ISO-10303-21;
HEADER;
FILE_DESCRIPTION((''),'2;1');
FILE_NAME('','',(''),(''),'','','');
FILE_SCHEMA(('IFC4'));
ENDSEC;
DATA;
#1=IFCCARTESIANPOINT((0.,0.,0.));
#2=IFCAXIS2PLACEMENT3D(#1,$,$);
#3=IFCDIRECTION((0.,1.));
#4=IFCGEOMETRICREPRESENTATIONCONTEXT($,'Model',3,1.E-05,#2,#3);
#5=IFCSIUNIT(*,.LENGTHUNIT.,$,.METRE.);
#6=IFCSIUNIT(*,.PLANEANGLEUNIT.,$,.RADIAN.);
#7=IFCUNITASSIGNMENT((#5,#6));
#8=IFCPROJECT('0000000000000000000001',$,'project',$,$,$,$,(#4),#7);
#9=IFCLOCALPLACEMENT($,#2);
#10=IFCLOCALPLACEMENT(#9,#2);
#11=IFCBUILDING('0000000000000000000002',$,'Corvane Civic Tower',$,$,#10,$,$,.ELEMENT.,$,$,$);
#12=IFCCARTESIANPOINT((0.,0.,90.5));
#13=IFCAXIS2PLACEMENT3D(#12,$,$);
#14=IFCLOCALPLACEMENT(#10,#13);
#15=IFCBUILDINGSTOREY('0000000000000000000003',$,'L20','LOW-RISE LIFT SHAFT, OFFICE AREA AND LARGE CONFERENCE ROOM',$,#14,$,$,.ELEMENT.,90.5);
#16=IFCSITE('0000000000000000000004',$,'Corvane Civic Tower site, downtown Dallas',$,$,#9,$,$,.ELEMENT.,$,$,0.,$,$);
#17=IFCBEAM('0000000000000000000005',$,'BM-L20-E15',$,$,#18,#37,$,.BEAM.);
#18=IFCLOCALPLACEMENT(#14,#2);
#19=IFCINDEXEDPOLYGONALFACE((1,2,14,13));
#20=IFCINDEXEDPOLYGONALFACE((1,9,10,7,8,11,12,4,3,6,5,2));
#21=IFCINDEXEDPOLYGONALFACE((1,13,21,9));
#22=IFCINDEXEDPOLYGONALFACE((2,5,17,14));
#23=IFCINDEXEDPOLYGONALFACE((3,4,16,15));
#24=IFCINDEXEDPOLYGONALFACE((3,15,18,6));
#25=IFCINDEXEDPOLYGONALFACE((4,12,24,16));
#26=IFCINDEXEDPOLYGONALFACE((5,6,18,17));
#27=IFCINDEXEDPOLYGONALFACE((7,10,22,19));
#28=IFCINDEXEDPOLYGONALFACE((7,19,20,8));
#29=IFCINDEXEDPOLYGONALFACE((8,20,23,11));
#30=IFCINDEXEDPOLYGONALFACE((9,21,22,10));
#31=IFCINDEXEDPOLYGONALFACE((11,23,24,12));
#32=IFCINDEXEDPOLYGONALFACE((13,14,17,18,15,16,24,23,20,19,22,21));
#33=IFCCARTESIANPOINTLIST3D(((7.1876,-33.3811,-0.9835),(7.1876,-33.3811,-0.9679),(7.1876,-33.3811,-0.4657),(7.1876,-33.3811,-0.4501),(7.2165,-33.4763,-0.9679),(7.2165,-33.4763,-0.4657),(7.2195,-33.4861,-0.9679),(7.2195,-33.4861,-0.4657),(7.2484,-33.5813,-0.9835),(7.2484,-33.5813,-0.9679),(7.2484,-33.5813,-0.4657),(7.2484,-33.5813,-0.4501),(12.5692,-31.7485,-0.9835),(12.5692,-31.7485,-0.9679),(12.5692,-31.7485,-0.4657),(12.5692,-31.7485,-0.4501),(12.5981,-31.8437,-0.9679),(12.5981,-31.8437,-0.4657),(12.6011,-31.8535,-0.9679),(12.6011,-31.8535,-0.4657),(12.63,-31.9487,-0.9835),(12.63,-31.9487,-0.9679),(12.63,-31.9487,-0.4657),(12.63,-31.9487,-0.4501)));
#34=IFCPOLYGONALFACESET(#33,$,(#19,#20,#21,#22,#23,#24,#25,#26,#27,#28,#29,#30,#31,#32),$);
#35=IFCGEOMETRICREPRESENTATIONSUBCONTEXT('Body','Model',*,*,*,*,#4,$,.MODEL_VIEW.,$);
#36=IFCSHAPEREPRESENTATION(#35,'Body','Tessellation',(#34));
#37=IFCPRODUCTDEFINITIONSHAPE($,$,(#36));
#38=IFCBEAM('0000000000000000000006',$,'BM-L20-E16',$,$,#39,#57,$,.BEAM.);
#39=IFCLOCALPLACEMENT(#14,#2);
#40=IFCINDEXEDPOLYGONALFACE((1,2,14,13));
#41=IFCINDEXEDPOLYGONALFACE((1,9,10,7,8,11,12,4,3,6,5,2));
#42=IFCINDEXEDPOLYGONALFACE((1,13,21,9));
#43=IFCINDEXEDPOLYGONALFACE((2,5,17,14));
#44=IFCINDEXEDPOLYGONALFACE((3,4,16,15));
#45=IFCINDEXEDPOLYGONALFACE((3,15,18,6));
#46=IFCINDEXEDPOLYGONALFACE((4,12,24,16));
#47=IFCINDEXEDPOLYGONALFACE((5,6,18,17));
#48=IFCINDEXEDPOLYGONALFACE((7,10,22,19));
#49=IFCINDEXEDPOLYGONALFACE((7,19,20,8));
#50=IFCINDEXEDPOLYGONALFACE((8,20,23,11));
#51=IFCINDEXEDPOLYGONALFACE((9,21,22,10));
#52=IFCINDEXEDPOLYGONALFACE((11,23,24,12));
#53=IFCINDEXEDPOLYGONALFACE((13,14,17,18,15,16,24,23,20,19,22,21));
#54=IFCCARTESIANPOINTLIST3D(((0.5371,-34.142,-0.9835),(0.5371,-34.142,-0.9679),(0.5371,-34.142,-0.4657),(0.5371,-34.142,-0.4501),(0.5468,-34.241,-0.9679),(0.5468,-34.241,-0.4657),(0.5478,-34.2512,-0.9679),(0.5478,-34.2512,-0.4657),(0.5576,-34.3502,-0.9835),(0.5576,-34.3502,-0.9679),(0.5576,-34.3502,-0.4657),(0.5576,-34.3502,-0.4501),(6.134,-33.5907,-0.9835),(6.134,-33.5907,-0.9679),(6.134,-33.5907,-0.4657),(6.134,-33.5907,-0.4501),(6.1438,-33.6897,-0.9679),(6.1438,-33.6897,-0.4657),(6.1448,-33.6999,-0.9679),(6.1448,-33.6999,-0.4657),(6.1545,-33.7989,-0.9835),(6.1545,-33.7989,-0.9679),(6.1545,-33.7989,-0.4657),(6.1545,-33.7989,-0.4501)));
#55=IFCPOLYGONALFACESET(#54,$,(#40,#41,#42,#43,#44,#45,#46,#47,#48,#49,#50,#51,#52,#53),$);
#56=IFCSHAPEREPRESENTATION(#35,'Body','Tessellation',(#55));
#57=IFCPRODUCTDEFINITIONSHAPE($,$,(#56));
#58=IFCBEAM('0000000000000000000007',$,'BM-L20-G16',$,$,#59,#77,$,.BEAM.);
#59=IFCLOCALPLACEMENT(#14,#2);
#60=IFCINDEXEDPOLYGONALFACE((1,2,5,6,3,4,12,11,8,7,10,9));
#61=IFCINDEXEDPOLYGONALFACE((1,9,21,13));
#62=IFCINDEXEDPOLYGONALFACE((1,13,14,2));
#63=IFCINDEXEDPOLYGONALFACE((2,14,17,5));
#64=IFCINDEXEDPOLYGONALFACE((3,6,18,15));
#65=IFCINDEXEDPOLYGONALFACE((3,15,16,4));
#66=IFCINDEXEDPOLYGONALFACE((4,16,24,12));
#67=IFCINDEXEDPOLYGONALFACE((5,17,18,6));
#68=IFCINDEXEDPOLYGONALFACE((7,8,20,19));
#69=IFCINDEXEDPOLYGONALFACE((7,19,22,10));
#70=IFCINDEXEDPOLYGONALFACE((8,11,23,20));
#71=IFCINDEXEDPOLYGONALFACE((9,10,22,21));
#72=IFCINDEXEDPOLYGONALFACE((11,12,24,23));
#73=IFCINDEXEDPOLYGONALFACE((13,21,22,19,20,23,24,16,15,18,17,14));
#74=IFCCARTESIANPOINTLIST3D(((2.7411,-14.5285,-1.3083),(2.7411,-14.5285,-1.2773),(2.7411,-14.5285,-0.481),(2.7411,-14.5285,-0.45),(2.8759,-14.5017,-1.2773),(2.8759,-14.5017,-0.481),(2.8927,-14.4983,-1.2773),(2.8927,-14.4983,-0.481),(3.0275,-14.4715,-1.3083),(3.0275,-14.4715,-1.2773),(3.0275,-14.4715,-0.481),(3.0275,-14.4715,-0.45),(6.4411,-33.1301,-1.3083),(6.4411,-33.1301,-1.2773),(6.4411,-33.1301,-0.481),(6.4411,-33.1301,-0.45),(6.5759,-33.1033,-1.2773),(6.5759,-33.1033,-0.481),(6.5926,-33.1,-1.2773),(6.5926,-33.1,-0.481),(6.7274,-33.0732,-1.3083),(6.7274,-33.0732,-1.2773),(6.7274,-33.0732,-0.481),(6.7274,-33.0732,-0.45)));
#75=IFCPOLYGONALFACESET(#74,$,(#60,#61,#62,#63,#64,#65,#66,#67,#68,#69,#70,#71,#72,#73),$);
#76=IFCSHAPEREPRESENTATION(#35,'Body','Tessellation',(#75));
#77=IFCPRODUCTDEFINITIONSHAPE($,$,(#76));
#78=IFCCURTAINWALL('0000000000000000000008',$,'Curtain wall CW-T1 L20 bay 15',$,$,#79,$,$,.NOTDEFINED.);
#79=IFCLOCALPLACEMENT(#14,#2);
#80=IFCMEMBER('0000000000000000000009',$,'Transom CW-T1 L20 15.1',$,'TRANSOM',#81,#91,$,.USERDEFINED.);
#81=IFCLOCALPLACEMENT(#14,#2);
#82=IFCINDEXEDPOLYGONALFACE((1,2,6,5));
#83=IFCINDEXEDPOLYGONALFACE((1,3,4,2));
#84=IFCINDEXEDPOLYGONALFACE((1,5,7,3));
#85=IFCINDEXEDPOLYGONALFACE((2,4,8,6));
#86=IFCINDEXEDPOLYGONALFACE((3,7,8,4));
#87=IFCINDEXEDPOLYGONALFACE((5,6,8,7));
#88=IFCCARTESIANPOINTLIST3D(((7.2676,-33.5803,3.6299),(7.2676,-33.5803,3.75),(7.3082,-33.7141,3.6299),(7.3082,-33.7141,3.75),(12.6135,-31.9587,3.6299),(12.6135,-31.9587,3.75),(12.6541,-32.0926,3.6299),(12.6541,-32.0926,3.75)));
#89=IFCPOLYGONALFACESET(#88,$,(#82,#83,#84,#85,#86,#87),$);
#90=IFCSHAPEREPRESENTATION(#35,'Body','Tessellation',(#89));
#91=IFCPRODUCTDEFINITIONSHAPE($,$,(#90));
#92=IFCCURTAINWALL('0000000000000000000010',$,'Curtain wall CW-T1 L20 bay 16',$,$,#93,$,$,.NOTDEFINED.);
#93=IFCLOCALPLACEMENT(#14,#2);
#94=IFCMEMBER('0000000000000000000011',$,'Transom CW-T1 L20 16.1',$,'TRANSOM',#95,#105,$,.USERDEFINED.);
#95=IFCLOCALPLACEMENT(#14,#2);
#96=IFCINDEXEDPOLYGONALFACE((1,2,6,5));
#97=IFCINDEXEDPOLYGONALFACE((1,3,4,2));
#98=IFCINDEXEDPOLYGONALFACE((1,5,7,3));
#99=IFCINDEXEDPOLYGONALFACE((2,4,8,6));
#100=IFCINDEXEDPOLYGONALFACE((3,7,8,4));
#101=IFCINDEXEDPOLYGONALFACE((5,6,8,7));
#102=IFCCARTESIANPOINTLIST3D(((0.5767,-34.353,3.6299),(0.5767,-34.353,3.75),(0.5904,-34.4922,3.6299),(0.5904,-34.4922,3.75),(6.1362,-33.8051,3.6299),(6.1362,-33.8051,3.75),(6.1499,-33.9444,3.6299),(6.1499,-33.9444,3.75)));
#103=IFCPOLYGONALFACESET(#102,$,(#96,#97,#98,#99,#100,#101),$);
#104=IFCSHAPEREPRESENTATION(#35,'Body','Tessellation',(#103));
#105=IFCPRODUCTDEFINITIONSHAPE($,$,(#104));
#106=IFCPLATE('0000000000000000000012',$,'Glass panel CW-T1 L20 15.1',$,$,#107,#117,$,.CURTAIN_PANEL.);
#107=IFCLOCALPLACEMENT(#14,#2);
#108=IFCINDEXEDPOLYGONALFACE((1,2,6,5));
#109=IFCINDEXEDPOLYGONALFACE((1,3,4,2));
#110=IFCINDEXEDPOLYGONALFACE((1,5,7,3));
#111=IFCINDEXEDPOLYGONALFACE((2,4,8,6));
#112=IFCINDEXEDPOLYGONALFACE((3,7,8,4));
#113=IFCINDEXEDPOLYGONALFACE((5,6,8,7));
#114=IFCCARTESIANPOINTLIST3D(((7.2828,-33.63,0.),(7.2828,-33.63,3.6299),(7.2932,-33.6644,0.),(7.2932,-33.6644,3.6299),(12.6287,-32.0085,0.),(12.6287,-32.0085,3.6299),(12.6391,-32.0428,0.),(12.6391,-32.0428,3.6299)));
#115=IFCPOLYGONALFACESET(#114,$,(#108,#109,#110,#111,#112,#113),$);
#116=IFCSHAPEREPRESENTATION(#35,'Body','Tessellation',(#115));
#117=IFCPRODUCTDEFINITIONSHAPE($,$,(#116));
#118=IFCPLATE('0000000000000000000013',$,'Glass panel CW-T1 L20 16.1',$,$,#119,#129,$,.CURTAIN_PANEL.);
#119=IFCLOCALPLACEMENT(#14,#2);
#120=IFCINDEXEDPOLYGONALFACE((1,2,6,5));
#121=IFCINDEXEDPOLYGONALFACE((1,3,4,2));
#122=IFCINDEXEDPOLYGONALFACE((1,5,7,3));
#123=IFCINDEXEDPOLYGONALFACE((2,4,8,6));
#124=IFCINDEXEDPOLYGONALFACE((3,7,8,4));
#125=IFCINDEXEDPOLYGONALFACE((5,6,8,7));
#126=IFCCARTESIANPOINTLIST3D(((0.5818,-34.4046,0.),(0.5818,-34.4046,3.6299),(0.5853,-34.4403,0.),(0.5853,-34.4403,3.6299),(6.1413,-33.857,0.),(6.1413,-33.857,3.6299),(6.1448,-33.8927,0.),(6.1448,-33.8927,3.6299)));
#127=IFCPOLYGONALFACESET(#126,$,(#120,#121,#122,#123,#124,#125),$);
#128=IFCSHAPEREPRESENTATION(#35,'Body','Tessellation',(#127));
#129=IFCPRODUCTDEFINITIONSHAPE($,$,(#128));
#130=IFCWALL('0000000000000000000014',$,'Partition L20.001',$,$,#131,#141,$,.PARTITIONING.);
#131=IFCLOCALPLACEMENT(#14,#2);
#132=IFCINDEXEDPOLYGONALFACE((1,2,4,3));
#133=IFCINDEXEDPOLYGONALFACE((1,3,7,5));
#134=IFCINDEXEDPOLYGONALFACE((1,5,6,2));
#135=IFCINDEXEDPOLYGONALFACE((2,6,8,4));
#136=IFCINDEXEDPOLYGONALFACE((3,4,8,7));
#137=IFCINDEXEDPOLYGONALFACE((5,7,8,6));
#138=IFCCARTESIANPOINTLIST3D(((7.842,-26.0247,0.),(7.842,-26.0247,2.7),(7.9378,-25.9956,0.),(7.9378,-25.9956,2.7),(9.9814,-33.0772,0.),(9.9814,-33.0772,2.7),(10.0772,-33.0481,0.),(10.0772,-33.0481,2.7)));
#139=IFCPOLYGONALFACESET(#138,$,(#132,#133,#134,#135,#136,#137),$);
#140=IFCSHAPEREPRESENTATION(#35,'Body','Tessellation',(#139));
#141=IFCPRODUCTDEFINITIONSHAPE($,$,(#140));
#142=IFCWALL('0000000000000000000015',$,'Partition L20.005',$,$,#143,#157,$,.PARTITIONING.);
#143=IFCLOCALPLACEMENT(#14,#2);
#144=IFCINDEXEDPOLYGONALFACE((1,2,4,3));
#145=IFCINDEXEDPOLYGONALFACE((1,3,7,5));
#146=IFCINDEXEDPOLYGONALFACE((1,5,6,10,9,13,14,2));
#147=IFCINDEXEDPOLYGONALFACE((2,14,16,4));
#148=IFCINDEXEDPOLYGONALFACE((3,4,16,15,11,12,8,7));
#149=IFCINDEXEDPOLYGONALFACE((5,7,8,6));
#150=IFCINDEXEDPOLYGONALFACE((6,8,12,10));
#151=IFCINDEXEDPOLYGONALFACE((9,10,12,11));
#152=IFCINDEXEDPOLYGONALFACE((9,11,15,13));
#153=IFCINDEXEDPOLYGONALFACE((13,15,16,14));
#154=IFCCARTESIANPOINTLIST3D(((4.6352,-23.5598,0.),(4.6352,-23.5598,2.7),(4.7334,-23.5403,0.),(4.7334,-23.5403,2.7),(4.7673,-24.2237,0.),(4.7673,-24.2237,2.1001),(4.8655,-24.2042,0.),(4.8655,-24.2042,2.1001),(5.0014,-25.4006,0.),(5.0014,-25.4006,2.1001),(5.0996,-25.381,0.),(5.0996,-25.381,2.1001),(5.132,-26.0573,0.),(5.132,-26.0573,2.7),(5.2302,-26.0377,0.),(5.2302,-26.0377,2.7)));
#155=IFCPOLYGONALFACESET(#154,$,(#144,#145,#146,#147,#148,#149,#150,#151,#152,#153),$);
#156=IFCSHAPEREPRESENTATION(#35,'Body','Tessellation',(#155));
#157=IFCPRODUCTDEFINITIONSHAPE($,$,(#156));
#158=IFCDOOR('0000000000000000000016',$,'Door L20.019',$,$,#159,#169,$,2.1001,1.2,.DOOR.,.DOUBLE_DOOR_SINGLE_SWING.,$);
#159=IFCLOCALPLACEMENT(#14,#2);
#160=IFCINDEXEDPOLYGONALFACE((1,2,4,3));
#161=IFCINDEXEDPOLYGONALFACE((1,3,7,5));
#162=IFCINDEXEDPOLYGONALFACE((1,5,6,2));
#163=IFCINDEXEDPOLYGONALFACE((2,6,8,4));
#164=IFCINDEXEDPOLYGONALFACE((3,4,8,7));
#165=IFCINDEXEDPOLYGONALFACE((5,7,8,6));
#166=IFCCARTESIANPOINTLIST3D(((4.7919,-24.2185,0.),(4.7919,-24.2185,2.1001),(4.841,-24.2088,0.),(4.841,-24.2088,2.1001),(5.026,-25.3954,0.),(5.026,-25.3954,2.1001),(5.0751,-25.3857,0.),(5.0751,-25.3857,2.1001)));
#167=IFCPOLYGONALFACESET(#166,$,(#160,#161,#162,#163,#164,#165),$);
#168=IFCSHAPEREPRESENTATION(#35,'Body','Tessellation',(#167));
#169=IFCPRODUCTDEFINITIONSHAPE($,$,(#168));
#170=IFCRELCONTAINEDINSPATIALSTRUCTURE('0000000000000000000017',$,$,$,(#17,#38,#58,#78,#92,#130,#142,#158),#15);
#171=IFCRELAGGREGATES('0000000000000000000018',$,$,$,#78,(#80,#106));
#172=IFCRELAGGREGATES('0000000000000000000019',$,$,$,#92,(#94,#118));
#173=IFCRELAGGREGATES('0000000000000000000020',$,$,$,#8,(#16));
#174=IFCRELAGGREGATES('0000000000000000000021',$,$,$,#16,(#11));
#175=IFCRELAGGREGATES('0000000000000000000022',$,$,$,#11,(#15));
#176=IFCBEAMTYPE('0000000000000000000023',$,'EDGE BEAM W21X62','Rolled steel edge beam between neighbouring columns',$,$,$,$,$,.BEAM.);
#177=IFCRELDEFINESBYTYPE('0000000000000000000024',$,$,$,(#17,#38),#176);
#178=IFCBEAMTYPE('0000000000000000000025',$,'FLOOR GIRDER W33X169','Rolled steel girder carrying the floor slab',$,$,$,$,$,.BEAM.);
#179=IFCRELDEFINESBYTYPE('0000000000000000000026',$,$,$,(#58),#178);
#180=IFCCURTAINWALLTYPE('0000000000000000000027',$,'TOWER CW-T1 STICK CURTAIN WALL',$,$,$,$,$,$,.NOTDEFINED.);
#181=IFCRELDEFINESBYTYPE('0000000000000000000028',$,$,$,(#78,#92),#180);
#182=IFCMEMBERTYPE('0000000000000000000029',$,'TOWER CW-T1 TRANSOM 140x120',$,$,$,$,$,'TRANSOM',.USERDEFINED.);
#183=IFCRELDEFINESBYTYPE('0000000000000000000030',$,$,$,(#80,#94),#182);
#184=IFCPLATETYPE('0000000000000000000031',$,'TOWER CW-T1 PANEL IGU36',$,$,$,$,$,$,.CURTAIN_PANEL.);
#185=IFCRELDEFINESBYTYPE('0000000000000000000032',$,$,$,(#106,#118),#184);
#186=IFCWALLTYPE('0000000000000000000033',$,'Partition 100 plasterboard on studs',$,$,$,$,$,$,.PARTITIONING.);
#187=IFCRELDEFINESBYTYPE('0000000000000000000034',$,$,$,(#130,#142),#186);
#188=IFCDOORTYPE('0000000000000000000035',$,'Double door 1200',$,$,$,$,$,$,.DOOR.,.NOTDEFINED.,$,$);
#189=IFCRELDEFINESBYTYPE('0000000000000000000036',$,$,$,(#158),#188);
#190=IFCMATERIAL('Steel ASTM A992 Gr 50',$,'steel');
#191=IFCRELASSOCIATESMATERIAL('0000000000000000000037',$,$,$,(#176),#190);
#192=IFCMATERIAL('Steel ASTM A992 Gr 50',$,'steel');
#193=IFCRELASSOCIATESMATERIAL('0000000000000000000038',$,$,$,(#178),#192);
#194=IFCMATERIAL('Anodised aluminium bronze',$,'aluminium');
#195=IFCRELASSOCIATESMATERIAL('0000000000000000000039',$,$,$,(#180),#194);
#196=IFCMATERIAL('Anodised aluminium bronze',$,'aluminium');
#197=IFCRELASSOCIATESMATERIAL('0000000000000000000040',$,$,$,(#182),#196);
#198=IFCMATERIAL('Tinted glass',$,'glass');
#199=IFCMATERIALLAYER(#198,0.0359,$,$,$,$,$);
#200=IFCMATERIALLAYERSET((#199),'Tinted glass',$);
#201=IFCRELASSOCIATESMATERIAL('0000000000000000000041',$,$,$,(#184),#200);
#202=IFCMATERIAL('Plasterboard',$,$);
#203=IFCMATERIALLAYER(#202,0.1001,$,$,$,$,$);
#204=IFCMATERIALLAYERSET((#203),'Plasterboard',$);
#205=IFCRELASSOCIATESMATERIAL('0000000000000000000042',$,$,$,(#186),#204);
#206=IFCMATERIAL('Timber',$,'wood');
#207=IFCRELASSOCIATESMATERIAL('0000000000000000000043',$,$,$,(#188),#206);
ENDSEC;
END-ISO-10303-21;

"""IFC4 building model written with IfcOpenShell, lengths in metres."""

from ifc_helpers import new_model, si_unit, direction, frame, frame_2d, origin, origin_2d, place, context, subcontext, project, spatial, rectangle, i_section, extrude, material, layer, layer_set, material_profile, profile_set, type_object, element, fill, aggregate, save


model = new_model("IFC4")

# Units and contexts
model_context = context("Model", 3, precision=1e-05, world=origin(), true_north=direction((0.0, 1.0)))
body_context = subcontext(model_context, "Body", "Model", "MODEL_VIEW")
ifc_project = project(units=[si_unit("LENGTHUNIT", "METRE"), si_unit("PLANEANGLEUNIT", "RADIAN")], contexts=[model_context])

# Site, building, storey
site_placement = place(None, origin())
site = spatial("IfcSite", under=ifc_project, at=site_placement, Name="Corvane Civic Tower site, downtown Dallas", CompositionType="ELEMENT", RefElevation=0.0)
building_placement = place(site_placement, origin())
building = spatial("IfcBuilding", under=site, at=building_placement, Name="Corvane Civic Tower", CompositionType="ELEMENT")
storey_placement = place(building_placement, frame((0.0, 0.0, 90.5)))
storey = spatial("IfcBuildingStorey", under=building, at=storey_placement, Name="L20", Description="LOW-RISE LIFT SHAFT, OFFICE AREA AND LARGE CONFERENCE ROOM", CompositionType="ELEMENT", Elevation=90.5)

# Beams
ifc_material_1 = material(Name="Steel ASTM A992 Gr 50", Category="steel")
ifc_material_profile_1 = material_profile(ifc_material_1, i_section(OverallWidth=0.2092, OverallDepth=0.5334, WebThickness=0.0103, FlangeThickness=0.0156, at=origin_2d()), Name="W21X62")
ifc_profile_set_1 = profile_set([ifc_material_profile_1], Name="Steel ASTM A992 Gr 50")
beam_type_1 = type_object("IfcBeamType", Name="EDGE BEAM W21X62", Description="Rolled steel edge beam between neighbouring columns", PredefinedType="BEAM", material=ifc_profile_set_1)
beam_1_placement = place(storey_placement, frame((12.5996, -31.8486, -0.7168), z_axis=(-0.956936, -0.290298, 0.0), x_axis=(0.290298, -0.956936, 0.0)))
element("IfcBeam", 1, at=beam_1_placement, inside=storey, type_object=beam_type_1, Name="BM-L20-E15", PredefinedType="BEAM", context=body_context, shape_type="SweptSolid", body=[
    extrude(i_section(OverallWidth=0.2092, OverallDepth=0.5334, WebThickness=0.0103, FlangeThickness=0.0156, at=origin_2d()), origin(), (0.0, 0.0, 1.0), 5.6238),
])
beam_2_placement = place(storey_placement, frame((6.1443, -33.6948, -0.7168), z_axis=(-0.995184, -0.098021, 0.0), x_axis=(0.098021, -0.995184, 0.0)))
element("IfcBeam", 2, at=beam_2_placement, inside=storey, type_object=beam_type_1, Name="BM-L20-E16", PredefinedType="BEAM", context=body_context, shape_type="SweptSolid", body=[
    extrude(i_section(OverallWidth=0.2092, OverallDepth=0.5334, WebThickness=0.0103, FlangeThickness=0.0156, at=origin_2d()), origin(), (0.0, 0.0, 1.0), 5.624),
])
ifc_material_2 = material(Name="Steel ASTM A992 Gr 50", Category="steel")
ifc_material_profile_2 = material_profile(ifc_material_2, i_section(OverallWidth=0.292, OverallDepth=0.8584, WebThickness=0.0171, FlangeThickness=0.031, at=origin_2d()), Name="W33X169")
ifc_profile_set_2 = profile_set([ifc_material_profile_2], Name="Steel ASTM A992 Gr 50")
beam_type_2 = type_object("IfcBeamType", Name="FLOOR GIRDER W33X169", Description="Rolled steel girder carrying the floor slab", PredefinedType="BEAM", material=ifc_profile_set_2)
beam_3_placement = place(storey_placement, frame((2.8843, -14.5, -0.8792), z_axis=(0.195084, -0.980787, 0.0), x_axis=(0.980787, 0.195084, 0.0)))
element("IfcBeam", 3, at=beam_3_placement, inside=storey, type_object=beam_type_2, Name="BM-L20-G16", PredefinedType="BEAM", context=body_context, shape_type="SweptSolid", body=[
    extrude(i_section(OverallWidth=0.292, OverallDepth=0.8584, WebThickness=0.0171, FlangeThickness=0.031, at=origin_2d()), origin(), (0.0, 0.0, 1.0), 18.9661),
])

# Curtain walls, members
ifc_material_3 = material(Name="Anodised aluminium bronze", Category="aluminium")
curtain_wall_type = type_object("IfcCurtainWallType", Name="TOWER CW-T1 STICK CURTAIN WALL", PredefinedType="NOTDEFINED", material=ifc_material_3)
curtain_wall_1_placement = place(storey_placement, origin())
curtain_wall_1 = element("IfcCurtainWall", 4, at=curtain_wall_1_placement, inside=storey, type_object=curtain_wall_type, Name="Curtain wall CW-T1 L20 bay 15", PredefinedType="NOTDEFINED")
ifc_material_4 = material(Name="Anodised aluminium bronze", Category="aluminium")
ifc_material_profile_3 = material_profile(ifc_material_4, rectangle(XDim=0.1399, YDim=0.1201, at=origin_2d()), Name="TOWER CW-T1 TRANSOM 140x120")
ifc_profile_set_3 = profile_set([ifc_material_profile_3], Name="Anodised aluminium bronze")
member_type = type_object("IfcMemberType", Name="TOWER CW-T1 TRANSOM 140x120", ElementType="TRANSOM", PredefinedType="USERDEFINED", material=ifc_profile_set_3)
member_1_placement = place(storey_placement, frame((12.6338, -32.0256, 3.6899), z_axis=(-0.956945, -0.290269, 0.0), x_axis=(0.290269, -0.956945, 0.0)))
member_1 = element("IfcMember", 5, at=member_1_placement, type_object=member_type, Name="Transom CW-T1 L20 15.1", ObjectType="TRANSOM", PredefinedType="USERDEFINED", context=body_context, shape_type="SweptSolid", body=[
    extrude(rectangle(XDim=0.1399, YDim=0.1201, at=origin_2d()), origin(), (0.0, 0.0, 1.0), 5.5864),
])
curtain_wall_2_placement = place(storey_placement, origin())
curtain_wall_2 = element("IfcCurtainWall", 6, at=curtain_wall_2_placement, inside=storey, type_object=curtain_wall_type, Name="Curtain wall CW-T1 L20 bay 16", PredefinedType="NOTDEFINED")
member_2_placement = place(storey_placement, frame((6.1431, -33.8748, 3.6899), z_axis=(-0.99518, -0.098067, 0.0), x_axis=(0.098067, -0.99518, 0.0)))
member_2 = element("IfcMember", 7, at=member_2_placement, type_object=member_type, Name="Transom CW-T1 L20 16.1", ObjectType="TRANSOM", PredefinedType="USERDEFINED", context=body_context, shape_type="SweptSolid", body=[
    extrude(rectangle(XDim=0.1399, YDim=0.1201, at=origin_2d()), origin(), (0.0, 0.0, 1.0), 5.5864),
])

# Plates
ifc_material_5 = material(Name="Tinted glass", Category="glass")
ifc_layer_1 = layer(ifc_material_5, 0.0359)
ifc_layer_set_1 = layer_set([ifc_layer_1], Name="Tinted glass")
plate_type = type_object("IfcPlateType", Name="TOWER CW-T1 PANEL IGU36", PredefinedType="CURTAIN_PANEL", material=ifc_layer_set_1)
plate_1_placement = place(storey_placement, frame((9.9609, -32.8364, 0.0), z_axis=(0.0, 0.0, 1.0), x_axis=(-0.956946, -0.290266, 0.0)))
plate_1 = element("IfcPlate", 8, at=plate_1_placement, type_object=plate_type, Name="Glass panel CW-T1 L20 15.1", PredefinedType="CURTAIN_PANEL", context=body_context, shape_type="SweptSolid", body=[
    extrude(rectangle(XDim=5.5864, YDim=0.0359, at=origin_2d()), origin(), (0.0, 0.0, 1.0), 3.6299),
])
aggregate(curtain_wall_1, [member_1, plate_1])
plate_2_placement = place(storey_placement, frame((3.3633, -34.1487, 0.0), z_axis=(0.0, 0.0, 1.0), x_axis=(-0.995184, -0.098027, 0.0)))
plate_2 = element("IfcPlate", 9, at=plate_2_placement, type_object=plate_type, Name="Glass panel CW-T1 L20 16.1", PredefinedType="CURTAIN_PANEL", context=body_context, shape_type="SweptSolid", body=[
    extrude(rectangle(XDim=5.5864, YDim=0.0359, at=origin_2d()), origin(), (0.0, 0.0, 1.0), 3.6299),
])
aggregate(curtain_wall_2, [member_2, plate_2])

# Wall
ifc_material_6 = material(Name="Plasterboard")
ifc_layer_2 = layer(ifc_material_6, 0.1001)
ifc_layer_set_2 = layer_set([ifc_layer_2], Name="Plasterboard")
wall_type = type_object("IfcWallType", Name="Partition 100 plasterboard on studs", PredefinedType="PARTITIONING", material=ifc_layer_set_2)
wall_1_placement = place(storey_placement, frame((7.8899, -26.01, 0.0), z_axis=(0.0, 0.0, 1.0), x_axis=(0.290291, -0.956938, 0.0)))
element("IfcWall", 10, at=wall_1_placement, inside=storey, type_object=wall_type, Name="Partition L20.001", PredefinedType="PARTITIONING", context=body_context, shape_type="SweptSolid", body=[
    extrude(rectangle(XDim=7.3699, YDim=0.1001, at=frame_2d((3.6851, 0.0))), origin(), (0.0, 0.0, 1.0), 2.7),
])

# Wall, opening, door
wall_2_placement = place(storey_placement, frame((4.6843, -23.55, 0.0), z_axis=(0.0, 0.0, 1.0), x_axis=(0.195102, -0.980783, 0.0)))
wall_2 = element("IfcWall", 11, at=wall_2_placement, inside=storey, type_object=wall_type, Name="Partition L20.005", PredefinedType="PARTITIONING", context=body_context, shape_type="SweptSolid", body=[
    extrude(rectangle(XDim=2.5464, YDim=0.1001, at=frame_2d((1.2732, 0.0))), origin(), (0.0, 0.0, 1.0), 2.7),
])
opening_1_placement = place(wall_2_placement, frame((0.6768, 0.0, 0.0)))
opening_1 = element("IfcOpeningElement", 12, at=opening_1_placement, cuts=wall_2, PredefinedType="OPENING", context=body_context, shape_type="SweptSolid", body=[
    extrude(rectangle(XDim=1.2, YDim=2.1001, at=frame_2d((0.6001, 1.05))), frame((0.0, 0.0601, 0.0), z_axis=(0.0, -1.0, 0.0), x_axis=(1.0, 0.0, 0.0)), (0.0, 0.0, 1.0), 0.1201),
])
ifc_material_7 = material(Name="Timber", Category="wood")
door_type_1 = type_object("IfcDoorType", Name="Double door 1200", OperationType="NOTDEFINED", PredefinedType="DOOR", material=ifc_material_7)
door_1_placement = place(opening_1_placement, frame((1.2, 0.0, 0.0), z_axis=(0.0, 0.0, 1.0), x_axis=(-1.0, 0.0, 0.0)))
door_1 = element("IfcDoor", 13, at=door_1_placement, inside=storey, type_object=door_type_1, Name="Door L20.019", OperationType="DOUBLE_DOOR_SINGLE_SWING", OverallHeight=2.1001, OverallWidth=1.2, PredefinedType="DOOR", context=body_context, shape_type="SweptSolid", body=[
    extrude(rectangle(XDim=1.2, YDim=2.1001, at=frame_2d((0.6001, 1.05))), frame((0.0, 0.0249, 0.0), z_axis=(0.0, -1.0, 0.0), x_axis=(1.0, 0.0, 0.0)), (0.0, 0.0, 1.0), 0.05),
])
fill(opening_1, door_1)

save(model, "model.ifc")
